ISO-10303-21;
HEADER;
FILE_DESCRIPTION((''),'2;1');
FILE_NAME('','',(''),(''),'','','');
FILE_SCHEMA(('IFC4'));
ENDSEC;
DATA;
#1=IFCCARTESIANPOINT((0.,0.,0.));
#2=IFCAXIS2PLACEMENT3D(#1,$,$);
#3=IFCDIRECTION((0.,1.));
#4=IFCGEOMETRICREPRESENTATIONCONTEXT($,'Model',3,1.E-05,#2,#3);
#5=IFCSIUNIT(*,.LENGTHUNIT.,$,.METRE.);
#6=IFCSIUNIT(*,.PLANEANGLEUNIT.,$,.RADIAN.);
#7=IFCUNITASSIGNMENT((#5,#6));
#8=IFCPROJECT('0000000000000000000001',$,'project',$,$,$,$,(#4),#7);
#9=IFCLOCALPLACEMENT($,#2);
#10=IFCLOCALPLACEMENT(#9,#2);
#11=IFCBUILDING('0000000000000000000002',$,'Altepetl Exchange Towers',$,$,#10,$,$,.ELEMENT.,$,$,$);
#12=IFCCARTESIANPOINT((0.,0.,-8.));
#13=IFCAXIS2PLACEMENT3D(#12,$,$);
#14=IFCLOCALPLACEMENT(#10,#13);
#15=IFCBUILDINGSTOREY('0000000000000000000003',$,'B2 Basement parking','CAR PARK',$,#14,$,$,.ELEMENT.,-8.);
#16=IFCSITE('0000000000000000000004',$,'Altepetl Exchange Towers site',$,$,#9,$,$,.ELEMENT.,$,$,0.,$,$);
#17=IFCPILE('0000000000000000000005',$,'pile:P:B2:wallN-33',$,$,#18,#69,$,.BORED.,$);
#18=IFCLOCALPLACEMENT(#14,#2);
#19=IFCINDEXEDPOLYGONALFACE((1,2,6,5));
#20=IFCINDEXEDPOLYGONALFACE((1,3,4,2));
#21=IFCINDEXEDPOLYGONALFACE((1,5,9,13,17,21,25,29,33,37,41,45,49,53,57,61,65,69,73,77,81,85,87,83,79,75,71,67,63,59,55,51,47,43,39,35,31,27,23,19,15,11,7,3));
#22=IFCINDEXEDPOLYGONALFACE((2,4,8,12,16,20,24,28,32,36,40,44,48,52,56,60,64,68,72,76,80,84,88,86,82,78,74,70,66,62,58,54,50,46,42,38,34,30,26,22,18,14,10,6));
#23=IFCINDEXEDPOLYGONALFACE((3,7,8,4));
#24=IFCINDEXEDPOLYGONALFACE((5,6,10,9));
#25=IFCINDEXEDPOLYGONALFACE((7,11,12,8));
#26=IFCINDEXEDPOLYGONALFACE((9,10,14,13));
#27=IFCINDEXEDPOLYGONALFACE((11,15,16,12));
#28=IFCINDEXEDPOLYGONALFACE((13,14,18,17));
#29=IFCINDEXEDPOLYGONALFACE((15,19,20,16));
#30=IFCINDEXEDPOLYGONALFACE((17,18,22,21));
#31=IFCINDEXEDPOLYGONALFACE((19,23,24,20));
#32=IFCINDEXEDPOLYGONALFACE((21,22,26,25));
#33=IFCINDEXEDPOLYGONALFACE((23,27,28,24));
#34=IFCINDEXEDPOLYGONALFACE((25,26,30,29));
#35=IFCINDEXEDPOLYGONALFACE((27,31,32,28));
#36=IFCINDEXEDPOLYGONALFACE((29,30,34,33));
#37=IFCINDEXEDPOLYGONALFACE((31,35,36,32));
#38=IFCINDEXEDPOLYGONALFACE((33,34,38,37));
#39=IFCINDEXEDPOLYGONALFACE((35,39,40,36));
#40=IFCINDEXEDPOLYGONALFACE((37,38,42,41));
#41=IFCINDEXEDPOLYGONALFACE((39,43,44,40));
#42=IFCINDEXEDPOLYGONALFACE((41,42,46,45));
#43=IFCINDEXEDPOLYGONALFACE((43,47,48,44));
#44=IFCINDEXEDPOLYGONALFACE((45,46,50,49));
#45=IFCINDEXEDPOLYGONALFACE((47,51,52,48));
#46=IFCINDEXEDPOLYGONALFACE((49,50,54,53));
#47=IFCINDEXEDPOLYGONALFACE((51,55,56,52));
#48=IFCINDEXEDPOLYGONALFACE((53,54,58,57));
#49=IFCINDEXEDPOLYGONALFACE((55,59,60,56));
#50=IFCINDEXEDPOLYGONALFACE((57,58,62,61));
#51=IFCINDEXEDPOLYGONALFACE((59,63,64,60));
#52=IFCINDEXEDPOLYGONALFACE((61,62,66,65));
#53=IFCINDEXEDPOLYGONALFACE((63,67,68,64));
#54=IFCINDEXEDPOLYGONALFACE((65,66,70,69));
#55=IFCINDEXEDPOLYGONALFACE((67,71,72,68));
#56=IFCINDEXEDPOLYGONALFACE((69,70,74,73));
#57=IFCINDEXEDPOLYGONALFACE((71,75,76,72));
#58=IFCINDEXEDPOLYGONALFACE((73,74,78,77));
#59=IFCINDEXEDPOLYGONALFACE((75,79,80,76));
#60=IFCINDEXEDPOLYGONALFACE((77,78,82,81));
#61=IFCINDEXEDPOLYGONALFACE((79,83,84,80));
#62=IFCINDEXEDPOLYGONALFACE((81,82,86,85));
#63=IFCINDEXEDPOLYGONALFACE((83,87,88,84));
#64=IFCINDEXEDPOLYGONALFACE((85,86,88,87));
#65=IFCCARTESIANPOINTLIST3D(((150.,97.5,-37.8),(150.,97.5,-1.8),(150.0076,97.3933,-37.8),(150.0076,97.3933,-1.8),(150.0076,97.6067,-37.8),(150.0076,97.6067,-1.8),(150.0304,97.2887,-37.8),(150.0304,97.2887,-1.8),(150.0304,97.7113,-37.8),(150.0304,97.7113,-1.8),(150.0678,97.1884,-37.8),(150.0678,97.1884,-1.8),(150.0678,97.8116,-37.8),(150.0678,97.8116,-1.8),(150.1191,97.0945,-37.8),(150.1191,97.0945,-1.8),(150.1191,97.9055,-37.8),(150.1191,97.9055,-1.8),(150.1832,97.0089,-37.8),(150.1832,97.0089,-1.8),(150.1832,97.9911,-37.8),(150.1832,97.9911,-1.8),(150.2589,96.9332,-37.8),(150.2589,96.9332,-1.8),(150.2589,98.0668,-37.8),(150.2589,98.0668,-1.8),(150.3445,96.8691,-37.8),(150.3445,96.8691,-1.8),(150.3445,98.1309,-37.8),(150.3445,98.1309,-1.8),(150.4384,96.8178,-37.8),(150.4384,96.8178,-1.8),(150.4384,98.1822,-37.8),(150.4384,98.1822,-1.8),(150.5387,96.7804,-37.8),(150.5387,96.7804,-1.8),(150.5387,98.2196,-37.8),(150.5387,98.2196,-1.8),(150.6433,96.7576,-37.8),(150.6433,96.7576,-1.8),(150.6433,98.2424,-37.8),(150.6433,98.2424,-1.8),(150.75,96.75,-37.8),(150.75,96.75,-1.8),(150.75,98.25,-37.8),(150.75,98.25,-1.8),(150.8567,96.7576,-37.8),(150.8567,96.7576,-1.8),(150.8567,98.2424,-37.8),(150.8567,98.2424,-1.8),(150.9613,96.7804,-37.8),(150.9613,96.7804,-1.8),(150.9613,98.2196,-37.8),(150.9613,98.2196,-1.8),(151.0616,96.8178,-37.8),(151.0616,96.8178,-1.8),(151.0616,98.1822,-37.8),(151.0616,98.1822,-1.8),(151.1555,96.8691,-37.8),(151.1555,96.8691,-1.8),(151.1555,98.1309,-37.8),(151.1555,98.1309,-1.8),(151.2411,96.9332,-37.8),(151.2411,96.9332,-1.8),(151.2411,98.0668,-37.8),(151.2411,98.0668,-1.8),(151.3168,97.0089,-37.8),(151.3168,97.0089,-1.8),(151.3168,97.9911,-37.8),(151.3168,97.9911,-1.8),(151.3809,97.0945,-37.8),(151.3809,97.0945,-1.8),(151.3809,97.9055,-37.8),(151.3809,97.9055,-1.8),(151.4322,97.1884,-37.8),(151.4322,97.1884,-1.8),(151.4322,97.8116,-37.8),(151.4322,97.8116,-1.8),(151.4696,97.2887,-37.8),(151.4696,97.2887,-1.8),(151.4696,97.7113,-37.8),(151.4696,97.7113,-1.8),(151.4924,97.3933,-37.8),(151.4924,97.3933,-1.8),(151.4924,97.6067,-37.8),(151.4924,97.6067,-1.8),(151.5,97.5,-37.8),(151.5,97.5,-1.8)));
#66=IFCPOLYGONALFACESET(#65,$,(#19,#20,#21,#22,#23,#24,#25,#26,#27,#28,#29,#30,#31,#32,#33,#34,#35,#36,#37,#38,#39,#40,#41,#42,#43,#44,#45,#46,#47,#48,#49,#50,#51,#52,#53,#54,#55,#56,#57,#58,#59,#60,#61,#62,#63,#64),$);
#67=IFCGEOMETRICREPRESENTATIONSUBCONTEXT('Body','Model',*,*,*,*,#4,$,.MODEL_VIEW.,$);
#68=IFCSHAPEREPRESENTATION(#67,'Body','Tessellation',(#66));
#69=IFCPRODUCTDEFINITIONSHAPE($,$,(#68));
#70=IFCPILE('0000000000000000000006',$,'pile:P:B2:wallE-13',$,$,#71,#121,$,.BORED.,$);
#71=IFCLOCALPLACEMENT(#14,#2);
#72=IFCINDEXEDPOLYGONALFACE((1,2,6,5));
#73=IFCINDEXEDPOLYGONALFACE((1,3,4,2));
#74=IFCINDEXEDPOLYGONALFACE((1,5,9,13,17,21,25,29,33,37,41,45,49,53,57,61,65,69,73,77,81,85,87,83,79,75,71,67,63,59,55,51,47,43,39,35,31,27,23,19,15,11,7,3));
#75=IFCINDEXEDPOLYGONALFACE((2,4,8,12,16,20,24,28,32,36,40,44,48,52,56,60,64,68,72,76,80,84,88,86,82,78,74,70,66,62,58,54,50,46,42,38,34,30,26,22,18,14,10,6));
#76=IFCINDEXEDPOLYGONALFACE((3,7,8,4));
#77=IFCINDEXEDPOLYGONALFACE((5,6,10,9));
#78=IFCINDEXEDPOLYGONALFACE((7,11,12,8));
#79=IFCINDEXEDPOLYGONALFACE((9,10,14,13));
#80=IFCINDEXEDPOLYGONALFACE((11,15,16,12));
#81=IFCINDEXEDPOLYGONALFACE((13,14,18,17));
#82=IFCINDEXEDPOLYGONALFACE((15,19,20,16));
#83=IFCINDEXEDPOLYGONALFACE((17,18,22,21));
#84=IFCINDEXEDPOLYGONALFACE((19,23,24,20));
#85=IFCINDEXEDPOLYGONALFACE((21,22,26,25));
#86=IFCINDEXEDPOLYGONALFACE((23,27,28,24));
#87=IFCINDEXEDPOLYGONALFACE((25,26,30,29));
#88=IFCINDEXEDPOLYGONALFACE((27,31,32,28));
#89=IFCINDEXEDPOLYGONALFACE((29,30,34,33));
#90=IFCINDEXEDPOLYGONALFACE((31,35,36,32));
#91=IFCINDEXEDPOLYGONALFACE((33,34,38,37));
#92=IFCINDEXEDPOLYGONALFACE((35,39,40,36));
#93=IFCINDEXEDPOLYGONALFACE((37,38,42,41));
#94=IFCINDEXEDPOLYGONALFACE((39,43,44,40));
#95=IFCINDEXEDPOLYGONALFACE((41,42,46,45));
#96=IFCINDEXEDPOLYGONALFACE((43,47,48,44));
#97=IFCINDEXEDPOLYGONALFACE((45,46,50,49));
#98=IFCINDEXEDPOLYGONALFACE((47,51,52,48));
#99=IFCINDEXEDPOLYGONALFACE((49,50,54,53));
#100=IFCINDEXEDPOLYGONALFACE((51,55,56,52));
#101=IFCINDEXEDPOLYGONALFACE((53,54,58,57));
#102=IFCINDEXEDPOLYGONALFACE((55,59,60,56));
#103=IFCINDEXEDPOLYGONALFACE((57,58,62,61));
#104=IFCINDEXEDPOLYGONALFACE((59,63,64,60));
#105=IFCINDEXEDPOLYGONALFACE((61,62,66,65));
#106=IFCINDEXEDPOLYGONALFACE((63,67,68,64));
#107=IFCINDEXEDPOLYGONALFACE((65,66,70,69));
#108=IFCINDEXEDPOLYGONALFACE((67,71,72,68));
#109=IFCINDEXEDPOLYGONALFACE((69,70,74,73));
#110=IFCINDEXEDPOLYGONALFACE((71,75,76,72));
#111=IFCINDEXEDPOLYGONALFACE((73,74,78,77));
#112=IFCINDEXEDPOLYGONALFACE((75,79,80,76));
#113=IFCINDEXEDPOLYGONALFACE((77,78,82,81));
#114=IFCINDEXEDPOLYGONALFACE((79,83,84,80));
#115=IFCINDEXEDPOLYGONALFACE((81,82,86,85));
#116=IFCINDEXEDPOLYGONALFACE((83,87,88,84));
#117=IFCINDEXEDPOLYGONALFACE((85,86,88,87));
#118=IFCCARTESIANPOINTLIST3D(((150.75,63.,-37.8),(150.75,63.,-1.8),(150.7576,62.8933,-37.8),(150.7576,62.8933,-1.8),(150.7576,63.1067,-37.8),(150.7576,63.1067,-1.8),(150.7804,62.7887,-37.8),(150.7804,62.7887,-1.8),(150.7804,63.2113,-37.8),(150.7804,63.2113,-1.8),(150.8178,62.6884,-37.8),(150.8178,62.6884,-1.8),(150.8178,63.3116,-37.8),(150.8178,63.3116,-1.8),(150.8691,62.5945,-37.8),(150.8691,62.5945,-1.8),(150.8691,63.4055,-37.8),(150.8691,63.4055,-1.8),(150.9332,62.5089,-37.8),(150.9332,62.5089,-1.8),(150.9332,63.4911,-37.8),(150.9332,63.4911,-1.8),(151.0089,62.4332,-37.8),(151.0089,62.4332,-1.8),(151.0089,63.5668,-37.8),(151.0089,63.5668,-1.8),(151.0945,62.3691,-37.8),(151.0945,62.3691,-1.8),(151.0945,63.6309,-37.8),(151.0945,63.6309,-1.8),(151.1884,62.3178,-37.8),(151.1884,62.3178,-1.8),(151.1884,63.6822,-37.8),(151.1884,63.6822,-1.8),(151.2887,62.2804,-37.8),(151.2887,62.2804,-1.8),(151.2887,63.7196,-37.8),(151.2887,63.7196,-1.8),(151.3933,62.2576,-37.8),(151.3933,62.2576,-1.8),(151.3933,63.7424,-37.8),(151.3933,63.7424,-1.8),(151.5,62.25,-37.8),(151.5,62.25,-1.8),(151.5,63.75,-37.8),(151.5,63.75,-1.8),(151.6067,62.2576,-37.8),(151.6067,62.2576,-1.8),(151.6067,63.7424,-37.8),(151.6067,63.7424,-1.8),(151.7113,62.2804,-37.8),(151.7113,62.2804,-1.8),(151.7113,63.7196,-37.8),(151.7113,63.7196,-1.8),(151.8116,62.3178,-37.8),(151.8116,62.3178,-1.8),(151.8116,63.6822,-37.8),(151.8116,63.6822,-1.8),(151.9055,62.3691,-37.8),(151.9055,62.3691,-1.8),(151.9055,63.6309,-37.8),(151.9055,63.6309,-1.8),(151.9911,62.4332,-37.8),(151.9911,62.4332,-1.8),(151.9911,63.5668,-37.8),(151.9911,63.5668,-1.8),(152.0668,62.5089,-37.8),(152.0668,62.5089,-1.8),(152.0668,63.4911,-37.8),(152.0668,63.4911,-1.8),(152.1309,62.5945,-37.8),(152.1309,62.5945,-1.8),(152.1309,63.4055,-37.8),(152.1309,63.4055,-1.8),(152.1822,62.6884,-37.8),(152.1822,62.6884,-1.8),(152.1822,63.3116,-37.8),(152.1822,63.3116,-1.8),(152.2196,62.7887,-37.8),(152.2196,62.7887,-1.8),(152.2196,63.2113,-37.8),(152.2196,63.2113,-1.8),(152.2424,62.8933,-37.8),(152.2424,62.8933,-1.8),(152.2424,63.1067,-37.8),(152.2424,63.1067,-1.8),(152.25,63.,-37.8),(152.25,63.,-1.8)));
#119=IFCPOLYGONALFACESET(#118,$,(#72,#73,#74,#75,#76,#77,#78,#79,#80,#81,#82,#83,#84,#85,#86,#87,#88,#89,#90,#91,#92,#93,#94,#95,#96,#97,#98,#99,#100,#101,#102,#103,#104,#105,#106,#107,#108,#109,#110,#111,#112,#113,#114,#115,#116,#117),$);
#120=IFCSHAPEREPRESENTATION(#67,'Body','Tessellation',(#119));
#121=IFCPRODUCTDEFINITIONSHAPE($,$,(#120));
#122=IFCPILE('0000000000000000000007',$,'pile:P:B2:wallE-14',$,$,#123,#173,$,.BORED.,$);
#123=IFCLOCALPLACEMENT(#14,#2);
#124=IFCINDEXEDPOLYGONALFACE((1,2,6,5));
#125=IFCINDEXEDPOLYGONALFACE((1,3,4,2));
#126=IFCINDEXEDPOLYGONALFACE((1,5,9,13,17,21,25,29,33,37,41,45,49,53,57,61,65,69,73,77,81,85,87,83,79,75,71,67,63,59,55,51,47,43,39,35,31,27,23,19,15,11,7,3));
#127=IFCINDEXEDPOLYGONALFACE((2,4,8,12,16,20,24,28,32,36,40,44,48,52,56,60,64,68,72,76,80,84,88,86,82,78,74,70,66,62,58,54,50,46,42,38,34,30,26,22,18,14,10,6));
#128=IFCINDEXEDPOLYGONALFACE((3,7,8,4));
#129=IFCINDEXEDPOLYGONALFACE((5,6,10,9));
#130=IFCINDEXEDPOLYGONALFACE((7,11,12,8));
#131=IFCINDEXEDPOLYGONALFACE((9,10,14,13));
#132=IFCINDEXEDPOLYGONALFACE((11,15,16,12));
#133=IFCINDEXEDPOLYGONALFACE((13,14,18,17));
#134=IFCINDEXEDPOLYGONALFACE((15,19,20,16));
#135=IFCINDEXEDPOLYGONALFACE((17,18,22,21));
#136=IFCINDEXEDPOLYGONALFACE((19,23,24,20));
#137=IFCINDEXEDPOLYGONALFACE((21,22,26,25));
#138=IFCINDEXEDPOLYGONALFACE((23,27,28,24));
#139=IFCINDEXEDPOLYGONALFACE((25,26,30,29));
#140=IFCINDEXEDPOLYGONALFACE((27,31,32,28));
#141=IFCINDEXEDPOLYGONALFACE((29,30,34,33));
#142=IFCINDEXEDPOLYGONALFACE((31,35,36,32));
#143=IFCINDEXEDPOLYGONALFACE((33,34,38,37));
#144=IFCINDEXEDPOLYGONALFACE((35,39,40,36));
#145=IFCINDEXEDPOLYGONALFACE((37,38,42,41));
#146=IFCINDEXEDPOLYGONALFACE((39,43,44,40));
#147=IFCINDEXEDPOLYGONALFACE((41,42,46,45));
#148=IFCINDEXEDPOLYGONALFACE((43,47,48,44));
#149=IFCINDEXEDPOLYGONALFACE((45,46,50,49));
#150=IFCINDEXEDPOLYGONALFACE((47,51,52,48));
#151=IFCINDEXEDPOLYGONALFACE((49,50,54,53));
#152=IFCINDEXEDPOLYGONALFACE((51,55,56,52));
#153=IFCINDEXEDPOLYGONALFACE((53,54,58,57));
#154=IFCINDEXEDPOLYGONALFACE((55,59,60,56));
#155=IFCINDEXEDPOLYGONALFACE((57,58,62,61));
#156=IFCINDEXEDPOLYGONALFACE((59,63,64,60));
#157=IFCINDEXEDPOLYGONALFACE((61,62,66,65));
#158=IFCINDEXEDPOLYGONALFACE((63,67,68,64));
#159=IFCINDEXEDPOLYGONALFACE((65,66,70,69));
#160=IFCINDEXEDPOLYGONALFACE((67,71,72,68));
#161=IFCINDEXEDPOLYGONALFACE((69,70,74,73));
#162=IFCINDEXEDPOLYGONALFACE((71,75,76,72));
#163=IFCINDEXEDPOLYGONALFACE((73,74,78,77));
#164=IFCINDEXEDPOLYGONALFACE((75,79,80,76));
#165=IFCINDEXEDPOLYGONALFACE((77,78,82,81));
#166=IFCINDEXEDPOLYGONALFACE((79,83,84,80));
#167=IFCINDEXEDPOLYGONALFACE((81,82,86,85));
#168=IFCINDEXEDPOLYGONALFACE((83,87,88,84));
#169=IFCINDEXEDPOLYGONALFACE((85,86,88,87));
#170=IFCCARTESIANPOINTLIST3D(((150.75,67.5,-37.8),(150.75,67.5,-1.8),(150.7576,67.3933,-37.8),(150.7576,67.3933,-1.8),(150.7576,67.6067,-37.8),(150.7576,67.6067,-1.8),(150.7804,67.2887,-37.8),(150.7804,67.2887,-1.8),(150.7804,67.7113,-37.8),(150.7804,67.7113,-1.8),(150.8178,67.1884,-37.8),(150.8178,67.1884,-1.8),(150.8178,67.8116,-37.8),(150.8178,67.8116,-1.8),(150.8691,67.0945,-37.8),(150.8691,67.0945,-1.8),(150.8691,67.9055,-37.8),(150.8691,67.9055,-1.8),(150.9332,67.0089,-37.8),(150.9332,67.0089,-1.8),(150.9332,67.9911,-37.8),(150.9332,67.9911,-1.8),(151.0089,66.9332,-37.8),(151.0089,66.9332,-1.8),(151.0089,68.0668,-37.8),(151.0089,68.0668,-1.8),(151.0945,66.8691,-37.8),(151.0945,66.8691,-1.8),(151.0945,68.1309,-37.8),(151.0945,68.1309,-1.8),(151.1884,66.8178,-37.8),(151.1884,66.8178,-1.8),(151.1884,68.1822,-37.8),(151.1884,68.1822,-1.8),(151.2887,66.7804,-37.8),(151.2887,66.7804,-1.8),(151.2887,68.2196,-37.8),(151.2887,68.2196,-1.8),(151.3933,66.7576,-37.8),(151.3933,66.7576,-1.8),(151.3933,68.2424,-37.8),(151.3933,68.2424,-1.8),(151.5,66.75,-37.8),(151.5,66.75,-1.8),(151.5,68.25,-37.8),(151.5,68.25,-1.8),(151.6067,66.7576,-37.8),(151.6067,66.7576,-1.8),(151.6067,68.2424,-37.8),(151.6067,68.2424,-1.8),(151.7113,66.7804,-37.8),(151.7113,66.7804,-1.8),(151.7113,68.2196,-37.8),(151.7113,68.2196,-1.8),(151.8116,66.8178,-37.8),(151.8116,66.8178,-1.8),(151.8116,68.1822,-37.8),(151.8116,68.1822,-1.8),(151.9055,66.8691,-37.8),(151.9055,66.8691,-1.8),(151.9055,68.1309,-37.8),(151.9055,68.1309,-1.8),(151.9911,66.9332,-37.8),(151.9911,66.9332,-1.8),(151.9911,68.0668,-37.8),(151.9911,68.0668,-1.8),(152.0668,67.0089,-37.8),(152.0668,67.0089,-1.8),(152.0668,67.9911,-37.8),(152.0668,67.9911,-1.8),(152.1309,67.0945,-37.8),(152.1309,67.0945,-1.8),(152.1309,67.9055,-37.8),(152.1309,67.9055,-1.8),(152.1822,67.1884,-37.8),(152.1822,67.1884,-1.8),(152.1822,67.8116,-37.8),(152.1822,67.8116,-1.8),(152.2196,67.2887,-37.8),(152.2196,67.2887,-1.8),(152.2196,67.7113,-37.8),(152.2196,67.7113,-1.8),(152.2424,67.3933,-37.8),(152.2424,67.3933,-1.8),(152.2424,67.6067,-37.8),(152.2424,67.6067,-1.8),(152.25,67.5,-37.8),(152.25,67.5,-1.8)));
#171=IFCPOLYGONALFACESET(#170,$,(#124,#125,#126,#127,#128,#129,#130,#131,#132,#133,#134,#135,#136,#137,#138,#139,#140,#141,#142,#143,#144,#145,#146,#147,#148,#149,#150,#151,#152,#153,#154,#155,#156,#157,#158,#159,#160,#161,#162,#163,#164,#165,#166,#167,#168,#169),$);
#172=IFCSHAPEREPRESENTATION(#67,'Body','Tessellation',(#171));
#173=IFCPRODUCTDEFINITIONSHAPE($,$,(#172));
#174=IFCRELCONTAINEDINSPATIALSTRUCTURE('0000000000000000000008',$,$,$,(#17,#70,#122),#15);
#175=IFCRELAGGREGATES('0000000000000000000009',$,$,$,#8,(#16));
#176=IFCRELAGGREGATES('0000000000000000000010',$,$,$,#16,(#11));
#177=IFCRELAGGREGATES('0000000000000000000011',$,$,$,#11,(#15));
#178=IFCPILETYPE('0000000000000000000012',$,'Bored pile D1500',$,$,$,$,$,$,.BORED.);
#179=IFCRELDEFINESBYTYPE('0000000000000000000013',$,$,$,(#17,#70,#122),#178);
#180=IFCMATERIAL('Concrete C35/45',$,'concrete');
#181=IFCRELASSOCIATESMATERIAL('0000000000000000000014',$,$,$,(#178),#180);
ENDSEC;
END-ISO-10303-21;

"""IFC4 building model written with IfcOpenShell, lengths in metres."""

from ifc_helpers import new_model, si_unit, direction, frame, origin, origin_2d, place, context, subcontext, project, spatial, circle, extrude, material, material_profile, profile_set, type_object, element, save


model = new_model("IFC4")

# Units and contexts
model_context = context("Model", 3, precision=1e-05, world=origin(), true_north=direction((0.0, 1.0)))
body_context = subcontext(model_context, "Body", "Model", "MODEL_VIEW")
ifc_project = project(units=[si_unit("LENGTHUNIT", "METRE"), si_unit("PLANEANGLEUNIT", "RADIAN")], contexts=[model_context])

# Site, building, storey
site_placement = place(None, origin())
site = spatial("IfcSite", under=ifc_project, at=site_placement, Name="Altepetl Exchange Towers site", CompositionType="ELEMENT", RefElevation=0.0)
building_placement = place(site_placement, origin())
building = spatial("IfcBuilding", under=site, at=building_placement, Name="Altepetl Exchange Towers", CompositionType="ELEMENT")
storey_placement = place(building_placement, frame((0.0, 0.0, -8.0)))
storey = spatial("IfcBuildingStorey", under=building, at=storey_placement, Name="B2 Basement parking", Description="CAR PARK", CompositionType="ELEMENT", Elevation=-8.0)

# Piles
ifc_material_1 = material(Name="Concrete C35/45", Category="concrete")
ifc_material_profile_1 = material_profile(ifc_material_1, circle(Radius=0.75, at=origin_2d()), Name="D1500")
ifc_profile_set_1 = profile_set([ifc_material_profile_1], Name="Concrete C35/45")
pile_type_1 = type_object("IfcPileType", Name="Bored pile D1500", PredefinedType="BORED", material=ifc_profile_set_1)
for number, where, z_axis, x_axis, name in (
    (1, (150.75, 97.5, -1.8), (0.0, 0.0, -1.0), (1.0, 0.0, 0.0), "pile:P:B2:wallN-33"),
    (2, (151.5, 63.0, -1.8), (0.0, 0.0, -1.0), (1.0, 0.0, 0.0), "pile:P:B2:wallE-13"),
    (3, (151.5, 67.5, -1.8), (0.0, 0.0, -1.0), (1.0, 0.0, 0.0), "pile:P:B2:wallE-14"),
):
    element("IfcPile", number, at=place(storey_placement, frame(where, z_axis=z_axis, x_axis=x_axis)), inside=storey, type_object=pile_type_1, Name=name, PredefinedType="BORED", context=body_context, shape_type="SweptSolid", body=[
        extrude(circle(Radius=0.75, at=origin_2d()), origin(), (0.0, 0.0, 1.0), 36.0),
    ])

save(model, "model.ifc")
